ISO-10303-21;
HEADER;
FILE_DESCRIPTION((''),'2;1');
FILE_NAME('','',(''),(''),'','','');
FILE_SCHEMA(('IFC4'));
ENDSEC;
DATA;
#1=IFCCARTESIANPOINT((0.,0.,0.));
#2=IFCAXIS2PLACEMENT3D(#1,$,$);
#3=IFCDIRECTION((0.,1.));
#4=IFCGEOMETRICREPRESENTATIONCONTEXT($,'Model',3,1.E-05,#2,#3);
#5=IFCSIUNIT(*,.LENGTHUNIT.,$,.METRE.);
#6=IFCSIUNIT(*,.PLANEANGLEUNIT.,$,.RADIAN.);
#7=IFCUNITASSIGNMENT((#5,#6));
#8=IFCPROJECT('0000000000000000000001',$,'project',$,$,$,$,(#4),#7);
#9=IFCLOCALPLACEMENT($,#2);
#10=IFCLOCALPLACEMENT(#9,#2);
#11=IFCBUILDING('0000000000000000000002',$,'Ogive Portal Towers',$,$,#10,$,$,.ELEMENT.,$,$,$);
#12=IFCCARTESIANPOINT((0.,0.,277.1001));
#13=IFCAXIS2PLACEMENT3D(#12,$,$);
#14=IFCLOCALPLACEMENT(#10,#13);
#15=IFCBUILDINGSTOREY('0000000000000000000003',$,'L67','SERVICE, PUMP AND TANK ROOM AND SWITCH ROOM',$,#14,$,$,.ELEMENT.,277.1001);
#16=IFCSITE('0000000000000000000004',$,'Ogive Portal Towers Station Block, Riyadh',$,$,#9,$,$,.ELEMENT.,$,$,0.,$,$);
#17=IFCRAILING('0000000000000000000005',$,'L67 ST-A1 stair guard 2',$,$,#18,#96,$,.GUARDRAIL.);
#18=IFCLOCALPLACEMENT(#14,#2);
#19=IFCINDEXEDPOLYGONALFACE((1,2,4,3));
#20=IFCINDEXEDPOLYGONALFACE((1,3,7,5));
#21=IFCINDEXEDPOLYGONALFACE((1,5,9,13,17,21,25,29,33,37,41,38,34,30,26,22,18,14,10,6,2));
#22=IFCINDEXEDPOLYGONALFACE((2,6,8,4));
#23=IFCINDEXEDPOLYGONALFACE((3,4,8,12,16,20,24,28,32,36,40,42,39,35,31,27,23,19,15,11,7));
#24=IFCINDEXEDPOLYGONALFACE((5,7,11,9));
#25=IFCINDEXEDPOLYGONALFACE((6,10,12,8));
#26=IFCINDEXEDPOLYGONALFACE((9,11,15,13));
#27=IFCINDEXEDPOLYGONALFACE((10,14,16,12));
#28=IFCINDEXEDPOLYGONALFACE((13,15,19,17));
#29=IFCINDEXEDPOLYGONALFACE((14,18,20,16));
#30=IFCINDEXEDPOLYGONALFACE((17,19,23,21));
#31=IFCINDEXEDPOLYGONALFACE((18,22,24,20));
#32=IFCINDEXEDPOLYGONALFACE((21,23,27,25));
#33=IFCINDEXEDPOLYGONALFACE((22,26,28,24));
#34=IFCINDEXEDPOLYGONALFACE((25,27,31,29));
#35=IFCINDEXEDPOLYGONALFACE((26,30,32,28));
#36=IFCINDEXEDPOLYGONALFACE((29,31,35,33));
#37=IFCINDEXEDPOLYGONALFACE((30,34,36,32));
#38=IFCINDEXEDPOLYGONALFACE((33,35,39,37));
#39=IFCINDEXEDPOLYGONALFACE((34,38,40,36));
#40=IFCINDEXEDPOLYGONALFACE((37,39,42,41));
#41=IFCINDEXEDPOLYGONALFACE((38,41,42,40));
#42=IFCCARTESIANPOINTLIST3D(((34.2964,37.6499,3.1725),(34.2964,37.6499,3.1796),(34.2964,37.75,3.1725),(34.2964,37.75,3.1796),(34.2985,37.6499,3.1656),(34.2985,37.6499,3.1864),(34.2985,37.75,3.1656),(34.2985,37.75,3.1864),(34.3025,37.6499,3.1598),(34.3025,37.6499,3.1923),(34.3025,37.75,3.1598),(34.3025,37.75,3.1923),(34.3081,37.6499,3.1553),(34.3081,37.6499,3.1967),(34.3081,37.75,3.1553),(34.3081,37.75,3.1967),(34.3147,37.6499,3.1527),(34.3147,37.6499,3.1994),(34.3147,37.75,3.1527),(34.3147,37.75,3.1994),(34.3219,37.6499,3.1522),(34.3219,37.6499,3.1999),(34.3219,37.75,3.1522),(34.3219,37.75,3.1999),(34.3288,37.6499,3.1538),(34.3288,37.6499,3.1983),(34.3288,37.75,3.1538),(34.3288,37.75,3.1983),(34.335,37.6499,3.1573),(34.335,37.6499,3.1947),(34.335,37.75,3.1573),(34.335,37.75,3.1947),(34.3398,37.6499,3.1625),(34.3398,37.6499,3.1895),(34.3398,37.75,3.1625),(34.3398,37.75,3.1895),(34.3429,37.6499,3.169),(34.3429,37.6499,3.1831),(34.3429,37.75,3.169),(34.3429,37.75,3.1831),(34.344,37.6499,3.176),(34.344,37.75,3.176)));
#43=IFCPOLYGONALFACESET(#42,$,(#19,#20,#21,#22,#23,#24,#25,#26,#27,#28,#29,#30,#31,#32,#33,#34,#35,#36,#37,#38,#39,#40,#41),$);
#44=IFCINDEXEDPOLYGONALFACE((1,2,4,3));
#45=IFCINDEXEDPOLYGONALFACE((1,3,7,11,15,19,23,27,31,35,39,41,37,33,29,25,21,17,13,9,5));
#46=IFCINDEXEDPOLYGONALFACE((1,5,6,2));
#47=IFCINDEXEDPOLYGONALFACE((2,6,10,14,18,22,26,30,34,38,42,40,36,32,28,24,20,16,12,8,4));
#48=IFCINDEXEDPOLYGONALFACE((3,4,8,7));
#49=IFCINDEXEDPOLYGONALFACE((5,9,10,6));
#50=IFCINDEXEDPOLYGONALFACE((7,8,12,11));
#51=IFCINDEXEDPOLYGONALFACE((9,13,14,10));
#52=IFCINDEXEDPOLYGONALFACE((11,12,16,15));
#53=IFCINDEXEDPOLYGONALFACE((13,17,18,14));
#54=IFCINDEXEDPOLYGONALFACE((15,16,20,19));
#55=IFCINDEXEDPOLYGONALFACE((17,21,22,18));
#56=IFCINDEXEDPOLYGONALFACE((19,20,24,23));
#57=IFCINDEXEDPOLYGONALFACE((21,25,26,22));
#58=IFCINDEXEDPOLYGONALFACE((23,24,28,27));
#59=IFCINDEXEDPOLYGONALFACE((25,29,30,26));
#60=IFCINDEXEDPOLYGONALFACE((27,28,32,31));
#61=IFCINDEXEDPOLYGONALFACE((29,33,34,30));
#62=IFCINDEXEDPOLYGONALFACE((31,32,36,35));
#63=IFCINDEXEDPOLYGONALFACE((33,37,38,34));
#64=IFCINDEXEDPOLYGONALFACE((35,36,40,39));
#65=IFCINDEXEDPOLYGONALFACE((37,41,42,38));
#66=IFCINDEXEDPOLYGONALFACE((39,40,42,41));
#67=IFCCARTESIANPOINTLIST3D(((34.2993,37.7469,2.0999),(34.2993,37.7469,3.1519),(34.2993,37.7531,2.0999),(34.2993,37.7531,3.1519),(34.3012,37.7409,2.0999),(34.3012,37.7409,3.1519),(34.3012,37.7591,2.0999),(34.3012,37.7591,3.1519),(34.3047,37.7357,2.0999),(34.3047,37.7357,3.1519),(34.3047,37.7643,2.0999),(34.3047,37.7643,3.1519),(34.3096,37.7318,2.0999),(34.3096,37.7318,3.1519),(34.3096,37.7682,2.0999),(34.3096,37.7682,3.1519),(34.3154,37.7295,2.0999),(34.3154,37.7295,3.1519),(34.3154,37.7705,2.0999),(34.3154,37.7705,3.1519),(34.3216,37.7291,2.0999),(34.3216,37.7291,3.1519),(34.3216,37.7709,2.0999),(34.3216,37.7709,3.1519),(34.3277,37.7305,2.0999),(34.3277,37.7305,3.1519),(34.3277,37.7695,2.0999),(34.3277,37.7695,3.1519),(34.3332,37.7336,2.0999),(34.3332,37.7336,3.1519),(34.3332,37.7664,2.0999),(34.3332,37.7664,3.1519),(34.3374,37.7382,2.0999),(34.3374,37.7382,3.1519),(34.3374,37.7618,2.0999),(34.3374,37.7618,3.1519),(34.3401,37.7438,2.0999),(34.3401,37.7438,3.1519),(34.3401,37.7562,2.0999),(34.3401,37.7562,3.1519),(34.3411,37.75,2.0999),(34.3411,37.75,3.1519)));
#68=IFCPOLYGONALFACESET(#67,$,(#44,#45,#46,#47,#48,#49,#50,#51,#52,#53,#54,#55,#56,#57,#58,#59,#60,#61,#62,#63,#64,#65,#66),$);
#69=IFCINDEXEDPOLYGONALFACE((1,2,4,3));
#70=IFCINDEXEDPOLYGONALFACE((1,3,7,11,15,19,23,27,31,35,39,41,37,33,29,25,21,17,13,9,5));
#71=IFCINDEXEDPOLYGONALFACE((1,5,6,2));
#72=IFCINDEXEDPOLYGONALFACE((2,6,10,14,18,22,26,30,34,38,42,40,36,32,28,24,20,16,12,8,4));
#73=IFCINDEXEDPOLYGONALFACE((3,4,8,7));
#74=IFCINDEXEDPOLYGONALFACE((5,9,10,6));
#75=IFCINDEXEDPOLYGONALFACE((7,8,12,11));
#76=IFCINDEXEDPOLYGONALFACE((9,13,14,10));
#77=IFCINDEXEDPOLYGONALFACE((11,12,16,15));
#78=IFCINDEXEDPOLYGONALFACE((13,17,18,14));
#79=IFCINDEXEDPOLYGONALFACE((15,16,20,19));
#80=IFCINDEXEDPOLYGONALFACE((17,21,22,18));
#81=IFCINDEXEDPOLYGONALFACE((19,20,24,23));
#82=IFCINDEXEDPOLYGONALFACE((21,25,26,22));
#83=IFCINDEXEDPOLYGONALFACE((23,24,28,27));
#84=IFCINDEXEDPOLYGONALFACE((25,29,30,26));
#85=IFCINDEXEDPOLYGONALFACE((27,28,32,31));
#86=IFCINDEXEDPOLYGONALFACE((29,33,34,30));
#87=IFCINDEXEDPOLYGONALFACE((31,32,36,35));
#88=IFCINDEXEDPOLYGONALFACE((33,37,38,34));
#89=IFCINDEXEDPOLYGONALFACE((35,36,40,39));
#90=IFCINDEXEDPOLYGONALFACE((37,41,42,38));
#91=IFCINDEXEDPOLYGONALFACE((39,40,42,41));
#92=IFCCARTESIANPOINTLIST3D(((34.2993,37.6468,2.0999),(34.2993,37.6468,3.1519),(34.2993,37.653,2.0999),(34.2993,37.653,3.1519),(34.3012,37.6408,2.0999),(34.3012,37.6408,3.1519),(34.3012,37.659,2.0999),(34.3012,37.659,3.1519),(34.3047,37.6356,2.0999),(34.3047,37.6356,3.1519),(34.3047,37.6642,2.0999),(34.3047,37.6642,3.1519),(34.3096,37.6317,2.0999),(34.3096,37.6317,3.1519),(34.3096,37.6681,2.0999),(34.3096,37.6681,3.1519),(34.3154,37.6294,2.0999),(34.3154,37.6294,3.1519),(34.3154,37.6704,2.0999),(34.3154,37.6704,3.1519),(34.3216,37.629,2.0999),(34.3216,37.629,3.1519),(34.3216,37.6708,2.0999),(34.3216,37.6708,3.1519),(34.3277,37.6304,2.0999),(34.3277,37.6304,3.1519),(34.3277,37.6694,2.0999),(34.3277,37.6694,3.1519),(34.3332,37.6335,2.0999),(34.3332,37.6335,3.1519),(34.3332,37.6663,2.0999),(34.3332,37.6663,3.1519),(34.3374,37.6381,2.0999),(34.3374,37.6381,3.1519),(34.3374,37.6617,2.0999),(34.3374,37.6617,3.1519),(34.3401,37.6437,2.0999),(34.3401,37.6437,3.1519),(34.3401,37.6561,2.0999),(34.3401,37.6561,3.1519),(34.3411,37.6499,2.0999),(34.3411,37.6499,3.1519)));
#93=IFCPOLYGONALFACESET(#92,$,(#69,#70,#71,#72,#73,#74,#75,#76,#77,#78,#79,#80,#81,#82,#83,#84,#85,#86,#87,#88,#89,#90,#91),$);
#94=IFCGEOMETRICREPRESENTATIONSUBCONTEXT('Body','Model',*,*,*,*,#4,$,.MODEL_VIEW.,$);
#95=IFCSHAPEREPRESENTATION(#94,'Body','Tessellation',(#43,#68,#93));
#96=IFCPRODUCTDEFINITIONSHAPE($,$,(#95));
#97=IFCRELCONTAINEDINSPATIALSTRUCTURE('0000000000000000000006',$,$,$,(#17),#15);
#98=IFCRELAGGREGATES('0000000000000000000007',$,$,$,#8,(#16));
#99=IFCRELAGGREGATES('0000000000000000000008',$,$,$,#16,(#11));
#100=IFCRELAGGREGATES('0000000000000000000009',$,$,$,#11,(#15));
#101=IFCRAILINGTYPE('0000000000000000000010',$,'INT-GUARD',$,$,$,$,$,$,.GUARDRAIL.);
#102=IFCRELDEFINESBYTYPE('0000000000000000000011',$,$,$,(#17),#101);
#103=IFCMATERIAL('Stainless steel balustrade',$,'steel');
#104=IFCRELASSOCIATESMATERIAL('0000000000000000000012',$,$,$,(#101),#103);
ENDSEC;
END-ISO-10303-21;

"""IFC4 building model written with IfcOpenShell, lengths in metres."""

from ifc_helpers import new_model, si_unit, direction, frame, origin, origin_2d, place, context, subcontext, project, spatial, circle, extrude, material, type_object, element, save


model = new_model("IFC4")

# Units and contexts
model_context = context("Model", 3, precision=1e-05, world=origin(), true_north=direction((0.0, 1.0)))
body_context = subcontext(model_context, "Body", "Model", "MODEL_VIEW")
ifc_project = project(units=[si_unit("LENGTHUNIT", "METRE"), si_unit("PLANEANGLEUNIT", "RADIAN")], contexts=[model_context])

# Site, building, storey
site_placement = place(None, origin())
site = spatial("IfcSite", under=ifc_project, at=site_placement, Name="Ogive Portal Towers Station Block, Riyadh", CompositionType="ELEMENT", RefElevation=0.0)
building_placement = place(site_placement, origin())
building = spatial("IfcBuilding", under=site, at=building_placement, Name="Ogive Portal Towers", CompositionType="ELEMENT")
storey_placement = place(building_placement, frame((0.0, 0.0, 277.1001)))
storey = spatial("IfcBuildingStorey", under=building, at=storey_placement, Name="L67", Description="SERVICE, PUMP AND TANK ROOM AND SWITCH ROOM", CompositionType="ELEMENT", Elevation=277.1001)

# Railing
ifc_material_1 = material(Name="Stainless steel balustrade", Category="steel")
railing_type_1 = type_object("IfcRailingType", Name="INT-GUARD", PredefinedType="GUARDRAIL", material=ifc_material_1)
railing_1_placement = place(storey_placement, frame((34.3201, 37.75, 2.0999)))
element("IfcRailing", 1, at=railing_1_placement, inside=storey, type_object=railing_type_1, Name="L67 ST-A1 stair guard 2", PredefinedType="GUARDRAIL", context=body_context, shape_type="SweptSolid", body=[
    extrude(circle(Radius=0.0239, at=origin_2d()), frame((0.0, 0.0, 1.0762), z_axis=(0.0, -1.0, 0.0), x_axis=(1.0, 0.0, 0.0)), (0.0, 0.0, 1.0), 0.1001),
    extrude(circle(Radius=0.021, at=origin_2d()), origin(), (0.0, 0.0, 1.0), 1.052),
    extrude(circle(Radius=0.021, at=origin_2d()), frame((0.0, -0.1001, 0.0)), (0.0, 0.0, 1.0), 1.052),
])

save(model, "model.ifc")
